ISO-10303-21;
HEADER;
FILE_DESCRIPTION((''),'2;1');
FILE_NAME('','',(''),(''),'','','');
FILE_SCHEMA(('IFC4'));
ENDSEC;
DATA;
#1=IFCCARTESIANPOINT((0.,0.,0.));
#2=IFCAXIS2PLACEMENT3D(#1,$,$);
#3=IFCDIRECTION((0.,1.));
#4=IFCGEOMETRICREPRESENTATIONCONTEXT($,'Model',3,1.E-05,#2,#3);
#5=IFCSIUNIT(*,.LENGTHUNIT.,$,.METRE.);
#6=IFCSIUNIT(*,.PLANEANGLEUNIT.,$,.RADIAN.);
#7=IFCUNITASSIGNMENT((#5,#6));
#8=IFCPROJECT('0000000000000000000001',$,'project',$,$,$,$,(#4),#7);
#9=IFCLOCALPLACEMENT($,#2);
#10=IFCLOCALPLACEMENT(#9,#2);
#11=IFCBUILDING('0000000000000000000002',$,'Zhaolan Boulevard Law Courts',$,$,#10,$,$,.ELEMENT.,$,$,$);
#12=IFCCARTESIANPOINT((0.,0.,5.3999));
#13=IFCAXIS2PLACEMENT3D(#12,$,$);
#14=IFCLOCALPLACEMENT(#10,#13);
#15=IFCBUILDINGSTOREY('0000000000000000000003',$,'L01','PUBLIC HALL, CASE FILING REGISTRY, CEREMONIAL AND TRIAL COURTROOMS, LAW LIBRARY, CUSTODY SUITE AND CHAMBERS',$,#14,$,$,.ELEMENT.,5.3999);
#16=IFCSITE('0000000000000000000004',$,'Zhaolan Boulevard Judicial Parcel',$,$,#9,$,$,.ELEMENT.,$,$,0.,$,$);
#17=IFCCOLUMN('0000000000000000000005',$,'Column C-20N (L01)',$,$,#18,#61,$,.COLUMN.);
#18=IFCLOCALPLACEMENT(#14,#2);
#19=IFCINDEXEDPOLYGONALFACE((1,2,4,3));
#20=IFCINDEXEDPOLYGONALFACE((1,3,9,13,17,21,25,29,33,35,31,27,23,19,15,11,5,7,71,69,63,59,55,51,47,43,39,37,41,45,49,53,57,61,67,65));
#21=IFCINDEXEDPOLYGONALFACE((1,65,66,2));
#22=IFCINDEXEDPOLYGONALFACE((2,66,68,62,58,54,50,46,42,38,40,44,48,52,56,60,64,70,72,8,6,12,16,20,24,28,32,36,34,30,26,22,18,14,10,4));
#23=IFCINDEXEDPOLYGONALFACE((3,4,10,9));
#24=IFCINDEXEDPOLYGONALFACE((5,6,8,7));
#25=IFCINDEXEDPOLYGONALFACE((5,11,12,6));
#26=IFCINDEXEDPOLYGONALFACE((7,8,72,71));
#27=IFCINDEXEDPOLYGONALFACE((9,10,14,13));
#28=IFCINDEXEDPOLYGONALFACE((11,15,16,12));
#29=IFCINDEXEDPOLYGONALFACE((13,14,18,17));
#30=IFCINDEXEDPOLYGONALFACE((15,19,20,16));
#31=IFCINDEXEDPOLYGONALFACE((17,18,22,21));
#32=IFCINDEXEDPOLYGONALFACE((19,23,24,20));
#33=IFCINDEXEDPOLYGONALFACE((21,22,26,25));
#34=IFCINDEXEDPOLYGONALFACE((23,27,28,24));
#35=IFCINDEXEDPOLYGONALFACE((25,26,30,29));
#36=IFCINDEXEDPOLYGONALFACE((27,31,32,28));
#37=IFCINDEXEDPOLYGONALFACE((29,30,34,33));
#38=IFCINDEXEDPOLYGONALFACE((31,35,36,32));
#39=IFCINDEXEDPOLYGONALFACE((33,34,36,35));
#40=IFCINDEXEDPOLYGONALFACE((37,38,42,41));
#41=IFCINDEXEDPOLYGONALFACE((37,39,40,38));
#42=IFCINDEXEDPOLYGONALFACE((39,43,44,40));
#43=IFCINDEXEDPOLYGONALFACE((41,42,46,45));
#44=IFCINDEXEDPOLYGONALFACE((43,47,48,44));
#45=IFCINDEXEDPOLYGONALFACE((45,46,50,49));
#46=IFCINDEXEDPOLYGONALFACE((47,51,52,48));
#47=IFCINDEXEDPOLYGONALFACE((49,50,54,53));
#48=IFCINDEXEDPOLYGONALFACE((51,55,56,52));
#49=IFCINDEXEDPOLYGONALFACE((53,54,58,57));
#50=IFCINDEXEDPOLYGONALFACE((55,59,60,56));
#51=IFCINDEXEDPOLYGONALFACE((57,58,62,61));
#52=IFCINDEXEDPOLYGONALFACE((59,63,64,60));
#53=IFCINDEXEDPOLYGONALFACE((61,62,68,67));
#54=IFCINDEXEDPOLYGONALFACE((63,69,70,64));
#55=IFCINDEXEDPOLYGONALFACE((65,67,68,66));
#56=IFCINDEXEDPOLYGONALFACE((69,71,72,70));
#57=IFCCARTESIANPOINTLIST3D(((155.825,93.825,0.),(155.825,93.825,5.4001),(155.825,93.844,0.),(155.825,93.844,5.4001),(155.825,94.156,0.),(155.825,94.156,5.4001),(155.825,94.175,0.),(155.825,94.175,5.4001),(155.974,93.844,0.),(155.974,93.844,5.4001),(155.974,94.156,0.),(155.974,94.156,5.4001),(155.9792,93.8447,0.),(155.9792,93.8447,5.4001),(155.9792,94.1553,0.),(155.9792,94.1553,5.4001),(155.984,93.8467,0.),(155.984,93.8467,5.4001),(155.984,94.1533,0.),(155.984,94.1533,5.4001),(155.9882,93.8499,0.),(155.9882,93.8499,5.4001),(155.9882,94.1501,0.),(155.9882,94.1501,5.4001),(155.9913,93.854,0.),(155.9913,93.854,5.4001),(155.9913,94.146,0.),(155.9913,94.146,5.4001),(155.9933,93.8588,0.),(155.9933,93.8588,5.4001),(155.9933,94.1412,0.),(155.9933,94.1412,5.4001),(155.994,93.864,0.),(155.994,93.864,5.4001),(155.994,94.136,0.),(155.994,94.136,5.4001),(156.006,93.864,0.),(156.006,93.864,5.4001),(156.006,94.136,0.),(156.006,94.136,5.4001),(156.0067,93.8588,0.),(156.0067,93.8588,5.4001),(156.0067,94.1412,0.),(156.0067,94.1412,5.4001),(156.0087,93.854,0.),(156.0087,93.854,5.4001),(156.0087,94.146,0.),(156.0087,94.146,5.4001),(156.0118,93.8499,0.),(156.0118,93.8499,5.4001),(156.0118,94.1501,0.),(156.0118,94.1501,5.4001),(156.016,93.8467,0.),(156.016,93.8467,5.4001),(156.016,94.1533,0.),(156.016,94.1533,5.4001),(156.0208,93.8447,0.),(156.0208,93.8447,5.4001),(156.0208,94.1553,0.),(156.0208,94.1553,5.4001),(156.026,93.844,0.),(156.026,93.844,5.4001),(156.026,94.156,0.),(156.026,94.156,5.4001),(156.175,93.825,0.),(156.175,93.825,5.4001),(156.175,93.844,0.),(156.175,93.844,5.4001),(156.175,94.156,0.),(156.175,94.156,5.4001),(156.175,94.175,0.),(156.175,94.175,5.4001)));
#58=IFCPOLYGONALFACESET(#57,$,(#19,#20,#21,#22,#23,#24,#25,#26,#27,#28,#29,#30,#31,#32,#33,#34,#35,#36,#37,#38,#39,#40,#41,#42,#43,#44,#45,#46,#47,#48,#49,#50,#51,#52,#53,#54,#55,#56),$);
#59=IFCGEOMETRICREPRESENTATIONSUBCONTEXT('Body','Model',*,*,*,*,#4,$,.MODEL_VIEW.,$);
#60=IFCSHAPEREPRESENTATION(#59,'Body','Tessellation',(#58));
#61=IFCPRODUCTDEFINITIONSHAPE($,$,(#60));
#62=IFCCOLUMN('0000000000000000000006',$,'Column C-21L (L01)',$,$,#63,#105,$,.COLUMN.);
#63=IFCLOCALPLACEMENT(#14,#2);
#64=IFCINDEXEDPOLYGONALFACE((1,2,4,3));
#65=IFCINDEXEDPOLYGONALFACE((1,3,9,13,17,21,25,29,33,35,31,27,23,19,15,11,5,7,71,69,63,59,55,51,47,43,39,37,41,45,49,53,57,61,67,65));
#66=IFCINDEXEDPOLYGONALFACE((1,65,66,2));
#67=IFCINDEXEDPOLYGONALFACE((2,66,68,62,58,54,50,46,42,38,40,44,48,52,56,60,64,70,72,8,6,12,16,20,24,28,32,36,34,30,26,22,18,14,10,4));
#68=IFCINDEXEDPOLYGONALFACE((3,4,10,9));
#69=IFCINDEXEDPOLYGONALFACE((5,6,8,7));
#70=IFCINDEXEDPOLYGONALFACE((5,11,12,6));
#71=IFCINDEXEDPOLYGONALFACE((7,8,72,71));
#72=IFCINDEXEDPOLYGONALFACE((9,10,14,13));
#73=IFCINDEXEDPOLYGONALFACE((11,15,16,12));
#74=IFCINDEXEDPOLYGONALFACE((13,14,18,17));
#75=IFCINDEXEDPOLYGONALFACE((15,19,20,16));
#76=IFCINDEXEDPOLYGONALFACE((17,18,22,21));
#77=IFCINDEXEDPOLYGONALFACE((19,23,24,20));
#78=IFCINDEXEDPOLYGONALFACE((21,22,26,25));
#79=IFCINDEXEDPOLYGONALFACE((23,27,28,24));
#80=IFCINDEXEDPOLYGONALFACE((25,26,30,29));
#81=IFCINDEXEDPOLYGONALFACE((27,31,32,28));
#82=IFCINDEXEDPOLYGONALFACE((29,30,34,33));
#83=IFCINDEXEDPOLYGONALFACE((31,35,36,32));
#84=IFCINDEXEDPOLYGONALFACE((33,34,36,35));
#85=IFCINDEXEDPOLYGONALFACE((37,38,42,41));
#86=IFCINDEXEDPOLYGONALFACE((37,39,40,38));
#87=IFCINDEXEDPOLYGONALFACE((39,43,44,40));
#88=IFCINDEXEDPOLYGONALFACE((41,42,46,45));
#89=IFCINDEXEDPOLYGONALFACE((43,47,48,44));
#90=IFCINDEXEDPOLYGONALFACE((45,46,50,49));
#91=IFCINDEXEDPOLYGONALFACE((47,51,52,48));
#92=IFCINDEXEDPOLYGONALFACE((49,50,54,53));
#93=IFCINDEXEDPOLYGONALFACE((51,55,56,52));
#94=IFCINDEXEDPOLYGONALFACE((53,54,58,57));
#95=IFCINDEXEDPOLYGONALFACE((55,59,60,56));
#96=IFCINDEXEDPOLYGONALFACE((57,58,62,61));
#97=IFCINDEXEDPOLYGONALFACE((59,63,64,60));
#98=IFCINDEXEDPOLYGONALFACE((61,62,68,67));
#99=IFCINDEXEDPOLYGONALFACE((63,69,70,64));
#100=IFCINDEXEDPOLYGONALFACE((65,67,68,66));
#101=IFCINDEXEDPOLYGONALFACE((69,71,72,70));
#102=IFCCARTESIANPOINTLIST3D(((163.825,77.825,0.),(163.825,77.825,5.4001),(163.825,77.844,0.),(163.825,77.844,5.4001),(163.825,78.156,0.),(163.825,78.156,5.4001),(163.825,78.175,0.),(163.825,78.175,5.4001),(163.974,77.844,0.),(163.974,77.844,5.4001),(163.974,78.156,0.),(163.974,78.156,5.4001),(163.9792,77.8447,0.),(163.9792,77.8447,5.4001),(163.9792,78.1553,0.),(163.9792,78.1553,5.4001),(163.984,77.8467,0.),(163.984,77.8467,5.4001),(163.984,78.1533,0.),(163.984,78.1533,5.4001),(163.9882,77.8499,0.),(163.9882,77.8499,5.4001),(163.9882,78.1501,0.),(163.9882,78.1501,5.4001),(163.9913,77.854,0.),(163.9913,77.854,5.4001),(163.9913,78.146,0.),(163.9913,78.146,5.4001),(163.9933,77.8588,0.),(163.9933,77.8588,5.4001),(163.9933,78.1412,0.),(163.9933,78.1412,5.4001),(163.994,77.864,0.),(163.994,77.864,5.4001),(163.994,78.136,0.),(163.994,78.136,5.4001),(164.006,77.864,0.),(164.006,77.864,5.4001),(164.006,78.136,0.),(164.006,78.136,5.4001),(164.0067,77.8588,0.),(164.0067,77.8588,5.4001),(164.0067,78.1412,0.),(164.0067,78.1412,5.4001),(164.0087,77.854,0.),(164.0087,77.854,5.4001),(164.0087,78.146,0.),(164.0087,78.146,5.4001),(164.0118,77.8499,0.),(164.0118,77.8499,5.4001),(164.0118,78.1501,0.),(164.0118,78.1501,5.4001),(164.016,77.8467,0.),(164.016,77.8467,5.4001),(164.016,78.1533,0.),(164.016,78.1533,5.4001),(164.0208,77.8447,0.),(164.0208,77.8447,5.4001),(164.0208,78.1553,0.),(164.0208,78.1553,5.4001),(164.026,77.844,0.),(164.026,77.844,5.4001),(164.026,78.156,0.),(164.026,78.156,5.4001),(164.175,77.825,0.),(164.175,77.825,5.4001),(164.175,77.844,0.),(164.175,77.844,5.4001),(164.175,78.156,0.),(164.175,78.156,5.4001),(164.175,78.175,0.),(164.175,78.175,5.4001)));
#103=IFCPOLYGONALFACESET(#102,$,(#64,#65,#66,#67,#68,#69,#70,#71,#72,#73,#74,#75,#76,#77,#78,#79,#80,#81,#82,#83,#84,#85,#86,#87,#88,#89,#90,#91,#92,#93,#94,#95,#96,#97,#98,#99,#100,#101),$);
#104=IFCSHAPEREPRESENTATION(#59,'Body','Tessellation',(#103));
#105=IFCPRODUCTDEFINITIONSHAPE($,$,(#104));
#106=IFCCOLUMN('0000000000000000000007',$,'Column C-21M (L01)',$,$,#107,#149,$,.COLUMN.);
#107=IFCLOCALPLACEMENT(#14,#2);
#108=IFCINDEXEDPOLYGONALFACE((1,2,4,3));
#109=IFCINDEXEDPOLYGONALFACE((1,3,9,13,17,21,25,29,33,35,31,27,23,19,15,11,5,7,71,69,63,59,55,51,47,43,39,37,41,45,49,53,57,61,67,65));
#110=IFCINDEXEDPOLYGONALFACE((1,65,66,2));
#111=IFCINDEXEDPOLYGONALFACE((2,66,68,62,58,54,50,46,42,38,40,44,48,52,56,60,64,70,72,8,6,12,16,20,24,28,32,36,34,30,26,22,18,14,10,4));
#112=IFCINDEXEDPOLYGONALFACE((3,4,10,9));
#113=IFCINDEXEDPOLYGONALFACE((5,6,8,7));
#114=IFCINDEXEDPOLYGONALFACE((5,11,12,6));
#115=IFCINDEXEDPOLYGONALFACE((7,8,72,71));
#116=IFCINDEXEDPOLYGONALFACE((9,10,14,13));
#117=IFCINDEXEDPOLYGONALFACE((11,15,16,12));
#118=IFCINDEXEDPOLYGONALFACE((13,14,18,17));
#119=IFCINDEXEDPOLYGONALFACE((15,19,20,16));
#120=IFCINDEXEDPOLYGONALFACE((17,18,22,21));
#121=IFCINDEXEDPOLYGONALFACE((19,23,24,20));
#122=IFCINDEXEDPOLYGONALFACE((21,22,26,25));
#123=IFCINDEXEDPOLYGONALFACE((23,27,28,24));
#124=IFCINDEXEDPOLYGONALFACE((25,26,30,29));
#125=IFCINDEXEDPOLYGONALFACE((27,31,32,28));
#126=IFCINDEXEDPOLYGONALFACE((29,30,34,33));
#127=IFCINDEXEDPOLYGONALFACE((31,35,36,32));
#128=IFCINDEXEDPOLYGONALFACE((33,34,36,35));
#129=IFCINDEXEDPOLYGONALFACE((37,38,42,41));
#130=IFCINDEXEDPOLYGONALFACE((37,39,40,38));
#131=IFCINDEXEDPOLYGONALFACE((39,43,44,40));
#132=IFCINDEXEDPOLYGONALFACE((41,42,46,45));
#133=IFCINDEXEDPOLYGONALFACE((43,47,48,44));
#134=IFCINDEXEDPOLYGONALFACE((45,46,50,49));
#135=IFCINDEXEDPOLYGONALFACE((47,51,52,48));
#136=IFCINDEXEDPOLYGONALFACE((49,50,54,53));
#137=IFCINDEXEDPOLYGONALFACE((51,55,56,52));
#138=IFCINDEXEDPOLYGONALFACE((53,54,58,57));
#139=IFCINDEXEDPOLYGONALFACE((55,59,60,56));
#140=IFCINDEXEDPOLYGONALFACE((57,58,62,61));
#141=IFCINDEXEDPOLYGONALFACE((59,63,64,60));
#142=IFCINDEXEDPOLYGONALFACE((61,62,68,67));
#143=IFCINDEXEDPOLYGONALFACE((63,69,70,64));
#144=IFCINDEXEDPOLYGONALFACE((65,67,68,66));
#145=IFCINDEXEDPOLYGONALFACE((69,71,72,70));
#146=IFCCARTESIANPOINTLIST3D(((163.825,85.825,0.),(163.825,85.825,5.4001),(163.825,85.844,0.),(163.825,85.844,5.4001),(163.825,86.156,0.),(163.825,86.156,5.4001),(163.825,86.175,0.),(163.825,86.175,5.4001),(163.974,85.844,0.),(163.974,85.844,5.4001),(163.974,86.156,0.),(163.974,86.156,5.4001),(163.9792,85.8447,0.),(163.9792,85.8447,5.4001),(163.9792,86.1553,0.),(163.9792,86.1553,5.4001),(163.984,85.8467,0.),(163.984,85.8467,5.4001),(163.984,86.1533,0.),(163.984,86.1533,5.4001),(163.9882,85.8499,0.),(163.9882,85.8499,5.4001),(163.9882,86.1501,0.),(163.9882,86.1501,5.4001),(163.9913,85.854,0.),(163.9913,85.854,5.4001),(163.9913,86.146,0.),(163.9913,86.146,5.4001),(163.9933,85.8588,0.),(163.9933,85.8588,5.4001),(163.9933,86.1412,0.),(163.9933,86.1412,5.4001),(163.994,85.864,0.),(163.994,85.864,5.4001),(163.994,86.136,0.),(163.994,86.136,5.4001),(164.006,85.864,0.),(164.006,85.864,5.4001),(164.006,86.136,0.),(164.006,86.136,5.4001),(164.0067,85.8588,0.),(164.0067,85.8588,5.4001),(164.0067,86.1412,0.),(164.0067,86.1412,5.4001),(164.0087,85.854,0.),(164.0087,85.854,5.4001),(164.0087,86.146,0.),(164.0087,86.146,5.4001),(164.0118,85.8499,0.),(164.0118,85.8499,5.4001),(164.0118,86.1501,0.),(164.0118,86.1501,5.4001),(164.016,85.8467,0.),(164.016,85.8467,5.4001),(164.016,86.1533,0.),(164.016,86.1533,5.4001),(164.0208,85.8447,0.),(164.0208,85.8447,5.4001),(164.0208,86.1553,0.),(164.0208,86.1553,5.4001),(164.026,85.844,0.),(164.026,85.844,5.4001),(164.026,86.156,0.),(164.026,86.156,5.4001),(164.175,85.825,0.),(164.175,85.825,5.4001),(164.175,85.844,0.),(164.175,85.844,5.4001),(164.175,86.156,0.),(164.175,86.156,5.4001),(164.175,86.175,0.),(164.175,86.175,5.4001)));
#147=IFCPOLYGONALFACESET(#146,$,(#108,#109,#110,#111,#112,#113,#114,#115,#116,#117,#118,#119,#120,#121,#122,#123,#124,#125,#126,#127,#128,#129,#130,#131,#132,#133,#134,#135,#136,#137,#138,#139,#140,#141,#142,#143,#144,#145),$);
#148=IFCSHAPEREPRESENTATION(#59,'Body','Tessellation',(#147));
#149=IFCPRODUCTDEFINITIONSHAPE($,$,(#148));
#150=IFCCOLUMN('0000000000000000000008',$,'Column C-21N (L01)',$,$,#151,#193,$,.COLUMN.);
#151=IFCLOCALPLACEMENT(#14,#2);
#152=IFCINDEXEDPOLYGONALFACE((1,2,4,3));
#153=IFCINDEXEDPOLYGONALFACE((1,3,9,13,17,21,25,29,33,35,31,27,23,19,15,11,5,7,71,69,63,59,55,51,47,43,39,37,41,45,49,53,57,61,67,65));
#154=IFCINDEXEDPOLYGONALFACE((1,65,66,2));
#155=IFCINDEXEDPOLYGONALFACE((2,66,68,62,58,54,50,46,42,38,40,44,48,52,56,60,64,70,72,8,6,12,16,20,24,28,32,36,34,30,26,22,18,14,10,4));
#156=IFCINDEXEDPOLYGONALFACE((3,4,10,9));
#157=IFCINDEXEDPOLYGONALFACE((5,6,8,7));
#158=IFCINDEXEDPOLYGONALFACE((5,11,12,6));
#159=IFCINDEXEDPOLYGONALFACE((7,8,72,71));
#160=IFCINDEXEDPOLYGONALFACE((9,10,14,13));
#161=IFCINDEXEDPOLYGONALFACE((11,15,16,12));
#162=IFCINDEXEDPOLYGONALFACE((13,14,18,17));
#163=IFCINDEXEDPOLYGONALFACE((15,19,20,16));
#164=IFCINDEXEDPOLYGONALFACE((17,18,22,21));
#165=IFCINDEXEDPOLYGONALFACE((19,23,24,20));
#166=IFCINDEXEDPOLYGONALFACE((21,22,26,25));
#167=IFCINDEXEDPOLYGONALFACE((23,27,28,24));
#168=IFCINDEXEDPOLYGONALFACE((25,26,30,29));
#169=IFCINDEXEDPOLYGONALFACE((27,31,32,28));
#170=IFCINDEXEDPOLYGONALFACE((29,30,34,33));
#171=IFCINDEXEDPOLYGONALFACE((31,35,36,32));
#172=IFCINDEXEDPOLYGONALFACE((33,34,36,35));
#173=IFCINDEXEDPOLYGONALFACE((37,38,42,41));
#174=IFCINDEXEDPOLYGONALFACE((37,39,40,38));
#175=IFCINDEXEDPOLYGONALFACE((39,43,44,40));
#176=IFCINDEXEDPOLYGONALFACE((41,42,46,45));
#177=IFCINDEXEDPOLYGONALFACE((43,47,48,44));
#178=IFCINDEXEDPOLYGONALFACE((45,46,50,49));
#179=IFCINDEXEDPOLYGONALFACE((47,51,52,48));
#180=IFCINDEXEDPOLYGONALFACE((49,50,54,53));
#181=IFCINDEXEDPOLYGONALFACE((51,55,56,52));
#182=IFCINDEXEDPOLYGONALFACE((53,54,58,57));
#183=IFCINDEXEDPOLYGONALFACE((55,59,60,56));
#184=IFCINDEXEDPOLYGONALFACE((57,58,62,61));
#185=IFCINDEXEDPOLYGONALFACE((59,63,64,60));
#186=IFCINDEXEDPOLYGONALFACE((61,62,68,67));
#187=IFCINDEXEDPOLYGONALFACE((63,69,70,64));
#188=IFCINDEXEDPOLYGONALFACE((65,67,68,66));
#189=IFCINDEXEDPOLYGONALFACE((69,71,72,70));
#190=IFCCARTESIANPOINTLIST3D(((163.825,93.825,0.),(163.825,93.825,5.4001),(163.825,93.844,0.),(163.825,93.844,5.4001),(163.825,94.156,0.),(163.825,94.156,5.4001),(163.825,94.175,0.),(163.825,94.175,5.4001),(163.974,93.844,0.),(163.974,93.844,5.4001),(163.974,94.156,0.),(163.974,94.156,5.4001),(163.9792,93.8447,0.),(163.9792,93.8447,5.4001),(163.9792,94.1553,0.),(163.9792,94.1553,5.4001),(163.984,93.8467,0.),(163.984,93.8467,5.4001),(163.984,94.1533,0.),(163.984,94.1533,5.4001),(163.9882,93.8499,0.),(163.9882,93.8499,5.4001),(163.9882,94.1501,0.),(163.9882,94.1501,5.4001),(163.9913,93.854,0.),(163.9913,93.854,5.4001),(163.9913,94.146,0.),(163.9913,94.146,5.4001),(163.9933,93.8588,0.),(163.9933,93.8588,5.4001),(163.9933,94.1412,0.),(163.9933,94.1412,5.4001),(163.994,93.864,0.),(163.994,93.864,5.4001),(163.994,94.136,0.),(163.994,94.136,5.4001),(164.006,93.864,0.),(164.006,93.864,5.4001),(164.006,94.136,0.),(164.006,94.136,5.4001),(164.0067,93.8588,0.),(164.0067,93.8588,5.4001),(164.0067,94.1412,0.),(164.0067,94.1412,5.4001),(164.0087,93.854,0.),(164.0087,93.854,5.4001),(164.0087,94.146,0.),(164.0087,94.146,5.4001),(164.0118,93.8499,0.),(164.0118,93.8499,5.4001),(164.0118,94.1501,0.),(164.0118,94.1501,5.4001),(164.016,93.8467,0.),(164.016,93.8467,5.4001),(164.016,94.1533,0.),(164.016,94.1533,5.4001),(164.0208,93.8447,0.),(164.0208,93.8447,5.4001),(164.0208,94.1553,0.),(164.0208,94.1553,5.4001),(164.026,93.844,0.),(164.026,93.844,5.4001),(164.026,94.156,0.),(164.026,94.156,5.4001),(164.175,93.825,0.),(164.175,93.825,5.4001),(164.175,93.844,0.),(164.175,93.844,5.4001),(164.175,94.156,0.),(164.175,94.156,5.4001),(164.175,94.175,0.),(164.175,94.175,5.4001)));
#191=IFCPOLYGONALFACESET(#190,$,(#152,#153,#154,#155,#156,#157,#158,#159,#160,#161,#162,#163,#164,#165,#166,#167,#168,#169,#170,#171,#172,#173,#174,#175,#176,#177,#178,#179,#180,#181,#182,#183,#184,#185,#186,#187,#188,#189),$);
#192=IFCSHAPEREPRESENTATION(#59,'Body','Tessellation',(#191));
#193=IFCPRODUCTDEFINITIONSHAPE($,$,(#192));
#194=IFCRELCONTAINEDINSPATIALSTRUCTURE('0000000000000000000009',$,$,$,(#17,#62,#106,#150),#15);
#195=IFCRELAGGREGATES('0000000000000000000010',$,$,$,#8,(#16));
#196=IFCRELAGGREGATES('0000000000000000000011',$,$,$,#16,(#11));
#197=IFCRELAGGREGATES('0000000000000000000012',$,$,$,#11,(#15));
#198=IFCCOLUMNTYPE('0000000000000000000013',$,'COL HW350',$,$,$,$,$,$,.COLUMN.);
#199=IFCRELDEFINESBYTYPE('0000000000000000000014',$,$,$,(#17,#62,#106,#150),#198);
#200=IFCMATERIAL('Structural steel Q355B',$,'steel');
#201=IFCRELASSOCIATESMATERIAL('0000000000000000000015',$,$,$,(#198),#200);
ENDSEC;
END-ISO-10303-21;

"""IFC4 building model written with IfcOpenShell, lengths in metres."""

from ifc_helpers import new_model, si_unit, direction, frame, origin, origin_2d, place, context, subcontext, project, spatial, i_section, extrude, material, material_profile, profile_set, type_object, element, save


model = new_model("IFC4")

# Units and contexts
model_context = context("Model", 3, precision=1e-05, world=origin(), true_north=direction((0.0, 1.0)))
body_context = subcontext(model_context, "Body", "Model", "MODEL_VIEW")
ifc_project = project(units=[si_unit("LENGTHUNIT", "METRE"), si_unit("PLANEANGLEUNIT", "RADIAN")], contexts=[model_context])

# Site, building, storey
site_placement = place(None, origin())
site = spatial("IfcSite", under=ifc_project, at=site_placement, Name="Zhaolan Boulevard Judicial Parcel", CompositionType="ELEMENT", RefElevation=0.0)
building_placement = place(site_placement, origin())
building = spatial("IfcBuilding", under=site, at=building_placement, Name="Zhaolan Boulevard Law Courts", CompositionType="ELEMENT")
storey_placement = place(building_placement, frame((0.0, 0.0, 5.3999)))
storey = spatial("IfcBuildingStorey", under=building, at=storey_placement, Name="L01", Description="PUBLIC HALL, CASE FILING REGISTRY, CEREMONIAL AND TRIAL COURTROOMS, LAW LIBRARY, CUSTODY SUITE AND CHAMBERS", CompositionType="ELEMENT", Elevation=5.3999)

# Columns
ifc_material_1 = material(Name="Structural steel Q355B", Category="steel")
ifc_material_profile_1 = material_profile(ifc_material_1, i_section(OverallWidth=0.3501, OverallDepth=0.3501, WebThickness=0.012, FlangeThickness=0.019, FilletRadius=0.02, at=origin_2d()), Name="HW350x350")
ifc_profile_set_1 = profile_set([ifc_material_profile_1], Name="Structural steel Q355B")
column_type = type_object("IfcColumnType", Name="COL HW350", PredefinedType="COLUMN", material=ifc_profile_set_1)
for number, where, z_axis, x_axis, name in (
    (1, (156.0, 94.0, 0.0), (0.0, 0.0, 1.0), (1.0, 0.0, 0.0), "Column C-20N (L01)"),
    (2, (164.0, 78.0, 0.0), (0.0, 0.0, 1.0), (1.0, 0.0, 0.0), "Column C-21L (L01)"),
    (3, (164.0, 86.0, 0.0), (0.0, 0.0, 1.0), (1.0, 0.0, 0.0), "Column C-21M (L01)"),
    (4, (164.0, 94.0, 0.0), (0.0, 0.0, 1.0), (1.0, 0.0, 0.0), "Column C-21N (L01)"),
):
    element("IfcColumn", number, at=place(storey_placement, frame(where, z_axis=z_axis, x_axis=x_axis)), inside=storey, type_object=column_type, Name=name, PredefinedType="COLUMN", context=body_context, shape_type="SweptSolid", body=[
        extrude(i_section(OverallWidth=0.3501, OverallDepth=0.3501, WebThickness=0.012, FlangeThickness=0.019, FilletRadius=0.02, at=origin_2d()), origin(), (0.0, 0.0, 1.0), 5.4001),
    ])

save(model, "model.ifc")
